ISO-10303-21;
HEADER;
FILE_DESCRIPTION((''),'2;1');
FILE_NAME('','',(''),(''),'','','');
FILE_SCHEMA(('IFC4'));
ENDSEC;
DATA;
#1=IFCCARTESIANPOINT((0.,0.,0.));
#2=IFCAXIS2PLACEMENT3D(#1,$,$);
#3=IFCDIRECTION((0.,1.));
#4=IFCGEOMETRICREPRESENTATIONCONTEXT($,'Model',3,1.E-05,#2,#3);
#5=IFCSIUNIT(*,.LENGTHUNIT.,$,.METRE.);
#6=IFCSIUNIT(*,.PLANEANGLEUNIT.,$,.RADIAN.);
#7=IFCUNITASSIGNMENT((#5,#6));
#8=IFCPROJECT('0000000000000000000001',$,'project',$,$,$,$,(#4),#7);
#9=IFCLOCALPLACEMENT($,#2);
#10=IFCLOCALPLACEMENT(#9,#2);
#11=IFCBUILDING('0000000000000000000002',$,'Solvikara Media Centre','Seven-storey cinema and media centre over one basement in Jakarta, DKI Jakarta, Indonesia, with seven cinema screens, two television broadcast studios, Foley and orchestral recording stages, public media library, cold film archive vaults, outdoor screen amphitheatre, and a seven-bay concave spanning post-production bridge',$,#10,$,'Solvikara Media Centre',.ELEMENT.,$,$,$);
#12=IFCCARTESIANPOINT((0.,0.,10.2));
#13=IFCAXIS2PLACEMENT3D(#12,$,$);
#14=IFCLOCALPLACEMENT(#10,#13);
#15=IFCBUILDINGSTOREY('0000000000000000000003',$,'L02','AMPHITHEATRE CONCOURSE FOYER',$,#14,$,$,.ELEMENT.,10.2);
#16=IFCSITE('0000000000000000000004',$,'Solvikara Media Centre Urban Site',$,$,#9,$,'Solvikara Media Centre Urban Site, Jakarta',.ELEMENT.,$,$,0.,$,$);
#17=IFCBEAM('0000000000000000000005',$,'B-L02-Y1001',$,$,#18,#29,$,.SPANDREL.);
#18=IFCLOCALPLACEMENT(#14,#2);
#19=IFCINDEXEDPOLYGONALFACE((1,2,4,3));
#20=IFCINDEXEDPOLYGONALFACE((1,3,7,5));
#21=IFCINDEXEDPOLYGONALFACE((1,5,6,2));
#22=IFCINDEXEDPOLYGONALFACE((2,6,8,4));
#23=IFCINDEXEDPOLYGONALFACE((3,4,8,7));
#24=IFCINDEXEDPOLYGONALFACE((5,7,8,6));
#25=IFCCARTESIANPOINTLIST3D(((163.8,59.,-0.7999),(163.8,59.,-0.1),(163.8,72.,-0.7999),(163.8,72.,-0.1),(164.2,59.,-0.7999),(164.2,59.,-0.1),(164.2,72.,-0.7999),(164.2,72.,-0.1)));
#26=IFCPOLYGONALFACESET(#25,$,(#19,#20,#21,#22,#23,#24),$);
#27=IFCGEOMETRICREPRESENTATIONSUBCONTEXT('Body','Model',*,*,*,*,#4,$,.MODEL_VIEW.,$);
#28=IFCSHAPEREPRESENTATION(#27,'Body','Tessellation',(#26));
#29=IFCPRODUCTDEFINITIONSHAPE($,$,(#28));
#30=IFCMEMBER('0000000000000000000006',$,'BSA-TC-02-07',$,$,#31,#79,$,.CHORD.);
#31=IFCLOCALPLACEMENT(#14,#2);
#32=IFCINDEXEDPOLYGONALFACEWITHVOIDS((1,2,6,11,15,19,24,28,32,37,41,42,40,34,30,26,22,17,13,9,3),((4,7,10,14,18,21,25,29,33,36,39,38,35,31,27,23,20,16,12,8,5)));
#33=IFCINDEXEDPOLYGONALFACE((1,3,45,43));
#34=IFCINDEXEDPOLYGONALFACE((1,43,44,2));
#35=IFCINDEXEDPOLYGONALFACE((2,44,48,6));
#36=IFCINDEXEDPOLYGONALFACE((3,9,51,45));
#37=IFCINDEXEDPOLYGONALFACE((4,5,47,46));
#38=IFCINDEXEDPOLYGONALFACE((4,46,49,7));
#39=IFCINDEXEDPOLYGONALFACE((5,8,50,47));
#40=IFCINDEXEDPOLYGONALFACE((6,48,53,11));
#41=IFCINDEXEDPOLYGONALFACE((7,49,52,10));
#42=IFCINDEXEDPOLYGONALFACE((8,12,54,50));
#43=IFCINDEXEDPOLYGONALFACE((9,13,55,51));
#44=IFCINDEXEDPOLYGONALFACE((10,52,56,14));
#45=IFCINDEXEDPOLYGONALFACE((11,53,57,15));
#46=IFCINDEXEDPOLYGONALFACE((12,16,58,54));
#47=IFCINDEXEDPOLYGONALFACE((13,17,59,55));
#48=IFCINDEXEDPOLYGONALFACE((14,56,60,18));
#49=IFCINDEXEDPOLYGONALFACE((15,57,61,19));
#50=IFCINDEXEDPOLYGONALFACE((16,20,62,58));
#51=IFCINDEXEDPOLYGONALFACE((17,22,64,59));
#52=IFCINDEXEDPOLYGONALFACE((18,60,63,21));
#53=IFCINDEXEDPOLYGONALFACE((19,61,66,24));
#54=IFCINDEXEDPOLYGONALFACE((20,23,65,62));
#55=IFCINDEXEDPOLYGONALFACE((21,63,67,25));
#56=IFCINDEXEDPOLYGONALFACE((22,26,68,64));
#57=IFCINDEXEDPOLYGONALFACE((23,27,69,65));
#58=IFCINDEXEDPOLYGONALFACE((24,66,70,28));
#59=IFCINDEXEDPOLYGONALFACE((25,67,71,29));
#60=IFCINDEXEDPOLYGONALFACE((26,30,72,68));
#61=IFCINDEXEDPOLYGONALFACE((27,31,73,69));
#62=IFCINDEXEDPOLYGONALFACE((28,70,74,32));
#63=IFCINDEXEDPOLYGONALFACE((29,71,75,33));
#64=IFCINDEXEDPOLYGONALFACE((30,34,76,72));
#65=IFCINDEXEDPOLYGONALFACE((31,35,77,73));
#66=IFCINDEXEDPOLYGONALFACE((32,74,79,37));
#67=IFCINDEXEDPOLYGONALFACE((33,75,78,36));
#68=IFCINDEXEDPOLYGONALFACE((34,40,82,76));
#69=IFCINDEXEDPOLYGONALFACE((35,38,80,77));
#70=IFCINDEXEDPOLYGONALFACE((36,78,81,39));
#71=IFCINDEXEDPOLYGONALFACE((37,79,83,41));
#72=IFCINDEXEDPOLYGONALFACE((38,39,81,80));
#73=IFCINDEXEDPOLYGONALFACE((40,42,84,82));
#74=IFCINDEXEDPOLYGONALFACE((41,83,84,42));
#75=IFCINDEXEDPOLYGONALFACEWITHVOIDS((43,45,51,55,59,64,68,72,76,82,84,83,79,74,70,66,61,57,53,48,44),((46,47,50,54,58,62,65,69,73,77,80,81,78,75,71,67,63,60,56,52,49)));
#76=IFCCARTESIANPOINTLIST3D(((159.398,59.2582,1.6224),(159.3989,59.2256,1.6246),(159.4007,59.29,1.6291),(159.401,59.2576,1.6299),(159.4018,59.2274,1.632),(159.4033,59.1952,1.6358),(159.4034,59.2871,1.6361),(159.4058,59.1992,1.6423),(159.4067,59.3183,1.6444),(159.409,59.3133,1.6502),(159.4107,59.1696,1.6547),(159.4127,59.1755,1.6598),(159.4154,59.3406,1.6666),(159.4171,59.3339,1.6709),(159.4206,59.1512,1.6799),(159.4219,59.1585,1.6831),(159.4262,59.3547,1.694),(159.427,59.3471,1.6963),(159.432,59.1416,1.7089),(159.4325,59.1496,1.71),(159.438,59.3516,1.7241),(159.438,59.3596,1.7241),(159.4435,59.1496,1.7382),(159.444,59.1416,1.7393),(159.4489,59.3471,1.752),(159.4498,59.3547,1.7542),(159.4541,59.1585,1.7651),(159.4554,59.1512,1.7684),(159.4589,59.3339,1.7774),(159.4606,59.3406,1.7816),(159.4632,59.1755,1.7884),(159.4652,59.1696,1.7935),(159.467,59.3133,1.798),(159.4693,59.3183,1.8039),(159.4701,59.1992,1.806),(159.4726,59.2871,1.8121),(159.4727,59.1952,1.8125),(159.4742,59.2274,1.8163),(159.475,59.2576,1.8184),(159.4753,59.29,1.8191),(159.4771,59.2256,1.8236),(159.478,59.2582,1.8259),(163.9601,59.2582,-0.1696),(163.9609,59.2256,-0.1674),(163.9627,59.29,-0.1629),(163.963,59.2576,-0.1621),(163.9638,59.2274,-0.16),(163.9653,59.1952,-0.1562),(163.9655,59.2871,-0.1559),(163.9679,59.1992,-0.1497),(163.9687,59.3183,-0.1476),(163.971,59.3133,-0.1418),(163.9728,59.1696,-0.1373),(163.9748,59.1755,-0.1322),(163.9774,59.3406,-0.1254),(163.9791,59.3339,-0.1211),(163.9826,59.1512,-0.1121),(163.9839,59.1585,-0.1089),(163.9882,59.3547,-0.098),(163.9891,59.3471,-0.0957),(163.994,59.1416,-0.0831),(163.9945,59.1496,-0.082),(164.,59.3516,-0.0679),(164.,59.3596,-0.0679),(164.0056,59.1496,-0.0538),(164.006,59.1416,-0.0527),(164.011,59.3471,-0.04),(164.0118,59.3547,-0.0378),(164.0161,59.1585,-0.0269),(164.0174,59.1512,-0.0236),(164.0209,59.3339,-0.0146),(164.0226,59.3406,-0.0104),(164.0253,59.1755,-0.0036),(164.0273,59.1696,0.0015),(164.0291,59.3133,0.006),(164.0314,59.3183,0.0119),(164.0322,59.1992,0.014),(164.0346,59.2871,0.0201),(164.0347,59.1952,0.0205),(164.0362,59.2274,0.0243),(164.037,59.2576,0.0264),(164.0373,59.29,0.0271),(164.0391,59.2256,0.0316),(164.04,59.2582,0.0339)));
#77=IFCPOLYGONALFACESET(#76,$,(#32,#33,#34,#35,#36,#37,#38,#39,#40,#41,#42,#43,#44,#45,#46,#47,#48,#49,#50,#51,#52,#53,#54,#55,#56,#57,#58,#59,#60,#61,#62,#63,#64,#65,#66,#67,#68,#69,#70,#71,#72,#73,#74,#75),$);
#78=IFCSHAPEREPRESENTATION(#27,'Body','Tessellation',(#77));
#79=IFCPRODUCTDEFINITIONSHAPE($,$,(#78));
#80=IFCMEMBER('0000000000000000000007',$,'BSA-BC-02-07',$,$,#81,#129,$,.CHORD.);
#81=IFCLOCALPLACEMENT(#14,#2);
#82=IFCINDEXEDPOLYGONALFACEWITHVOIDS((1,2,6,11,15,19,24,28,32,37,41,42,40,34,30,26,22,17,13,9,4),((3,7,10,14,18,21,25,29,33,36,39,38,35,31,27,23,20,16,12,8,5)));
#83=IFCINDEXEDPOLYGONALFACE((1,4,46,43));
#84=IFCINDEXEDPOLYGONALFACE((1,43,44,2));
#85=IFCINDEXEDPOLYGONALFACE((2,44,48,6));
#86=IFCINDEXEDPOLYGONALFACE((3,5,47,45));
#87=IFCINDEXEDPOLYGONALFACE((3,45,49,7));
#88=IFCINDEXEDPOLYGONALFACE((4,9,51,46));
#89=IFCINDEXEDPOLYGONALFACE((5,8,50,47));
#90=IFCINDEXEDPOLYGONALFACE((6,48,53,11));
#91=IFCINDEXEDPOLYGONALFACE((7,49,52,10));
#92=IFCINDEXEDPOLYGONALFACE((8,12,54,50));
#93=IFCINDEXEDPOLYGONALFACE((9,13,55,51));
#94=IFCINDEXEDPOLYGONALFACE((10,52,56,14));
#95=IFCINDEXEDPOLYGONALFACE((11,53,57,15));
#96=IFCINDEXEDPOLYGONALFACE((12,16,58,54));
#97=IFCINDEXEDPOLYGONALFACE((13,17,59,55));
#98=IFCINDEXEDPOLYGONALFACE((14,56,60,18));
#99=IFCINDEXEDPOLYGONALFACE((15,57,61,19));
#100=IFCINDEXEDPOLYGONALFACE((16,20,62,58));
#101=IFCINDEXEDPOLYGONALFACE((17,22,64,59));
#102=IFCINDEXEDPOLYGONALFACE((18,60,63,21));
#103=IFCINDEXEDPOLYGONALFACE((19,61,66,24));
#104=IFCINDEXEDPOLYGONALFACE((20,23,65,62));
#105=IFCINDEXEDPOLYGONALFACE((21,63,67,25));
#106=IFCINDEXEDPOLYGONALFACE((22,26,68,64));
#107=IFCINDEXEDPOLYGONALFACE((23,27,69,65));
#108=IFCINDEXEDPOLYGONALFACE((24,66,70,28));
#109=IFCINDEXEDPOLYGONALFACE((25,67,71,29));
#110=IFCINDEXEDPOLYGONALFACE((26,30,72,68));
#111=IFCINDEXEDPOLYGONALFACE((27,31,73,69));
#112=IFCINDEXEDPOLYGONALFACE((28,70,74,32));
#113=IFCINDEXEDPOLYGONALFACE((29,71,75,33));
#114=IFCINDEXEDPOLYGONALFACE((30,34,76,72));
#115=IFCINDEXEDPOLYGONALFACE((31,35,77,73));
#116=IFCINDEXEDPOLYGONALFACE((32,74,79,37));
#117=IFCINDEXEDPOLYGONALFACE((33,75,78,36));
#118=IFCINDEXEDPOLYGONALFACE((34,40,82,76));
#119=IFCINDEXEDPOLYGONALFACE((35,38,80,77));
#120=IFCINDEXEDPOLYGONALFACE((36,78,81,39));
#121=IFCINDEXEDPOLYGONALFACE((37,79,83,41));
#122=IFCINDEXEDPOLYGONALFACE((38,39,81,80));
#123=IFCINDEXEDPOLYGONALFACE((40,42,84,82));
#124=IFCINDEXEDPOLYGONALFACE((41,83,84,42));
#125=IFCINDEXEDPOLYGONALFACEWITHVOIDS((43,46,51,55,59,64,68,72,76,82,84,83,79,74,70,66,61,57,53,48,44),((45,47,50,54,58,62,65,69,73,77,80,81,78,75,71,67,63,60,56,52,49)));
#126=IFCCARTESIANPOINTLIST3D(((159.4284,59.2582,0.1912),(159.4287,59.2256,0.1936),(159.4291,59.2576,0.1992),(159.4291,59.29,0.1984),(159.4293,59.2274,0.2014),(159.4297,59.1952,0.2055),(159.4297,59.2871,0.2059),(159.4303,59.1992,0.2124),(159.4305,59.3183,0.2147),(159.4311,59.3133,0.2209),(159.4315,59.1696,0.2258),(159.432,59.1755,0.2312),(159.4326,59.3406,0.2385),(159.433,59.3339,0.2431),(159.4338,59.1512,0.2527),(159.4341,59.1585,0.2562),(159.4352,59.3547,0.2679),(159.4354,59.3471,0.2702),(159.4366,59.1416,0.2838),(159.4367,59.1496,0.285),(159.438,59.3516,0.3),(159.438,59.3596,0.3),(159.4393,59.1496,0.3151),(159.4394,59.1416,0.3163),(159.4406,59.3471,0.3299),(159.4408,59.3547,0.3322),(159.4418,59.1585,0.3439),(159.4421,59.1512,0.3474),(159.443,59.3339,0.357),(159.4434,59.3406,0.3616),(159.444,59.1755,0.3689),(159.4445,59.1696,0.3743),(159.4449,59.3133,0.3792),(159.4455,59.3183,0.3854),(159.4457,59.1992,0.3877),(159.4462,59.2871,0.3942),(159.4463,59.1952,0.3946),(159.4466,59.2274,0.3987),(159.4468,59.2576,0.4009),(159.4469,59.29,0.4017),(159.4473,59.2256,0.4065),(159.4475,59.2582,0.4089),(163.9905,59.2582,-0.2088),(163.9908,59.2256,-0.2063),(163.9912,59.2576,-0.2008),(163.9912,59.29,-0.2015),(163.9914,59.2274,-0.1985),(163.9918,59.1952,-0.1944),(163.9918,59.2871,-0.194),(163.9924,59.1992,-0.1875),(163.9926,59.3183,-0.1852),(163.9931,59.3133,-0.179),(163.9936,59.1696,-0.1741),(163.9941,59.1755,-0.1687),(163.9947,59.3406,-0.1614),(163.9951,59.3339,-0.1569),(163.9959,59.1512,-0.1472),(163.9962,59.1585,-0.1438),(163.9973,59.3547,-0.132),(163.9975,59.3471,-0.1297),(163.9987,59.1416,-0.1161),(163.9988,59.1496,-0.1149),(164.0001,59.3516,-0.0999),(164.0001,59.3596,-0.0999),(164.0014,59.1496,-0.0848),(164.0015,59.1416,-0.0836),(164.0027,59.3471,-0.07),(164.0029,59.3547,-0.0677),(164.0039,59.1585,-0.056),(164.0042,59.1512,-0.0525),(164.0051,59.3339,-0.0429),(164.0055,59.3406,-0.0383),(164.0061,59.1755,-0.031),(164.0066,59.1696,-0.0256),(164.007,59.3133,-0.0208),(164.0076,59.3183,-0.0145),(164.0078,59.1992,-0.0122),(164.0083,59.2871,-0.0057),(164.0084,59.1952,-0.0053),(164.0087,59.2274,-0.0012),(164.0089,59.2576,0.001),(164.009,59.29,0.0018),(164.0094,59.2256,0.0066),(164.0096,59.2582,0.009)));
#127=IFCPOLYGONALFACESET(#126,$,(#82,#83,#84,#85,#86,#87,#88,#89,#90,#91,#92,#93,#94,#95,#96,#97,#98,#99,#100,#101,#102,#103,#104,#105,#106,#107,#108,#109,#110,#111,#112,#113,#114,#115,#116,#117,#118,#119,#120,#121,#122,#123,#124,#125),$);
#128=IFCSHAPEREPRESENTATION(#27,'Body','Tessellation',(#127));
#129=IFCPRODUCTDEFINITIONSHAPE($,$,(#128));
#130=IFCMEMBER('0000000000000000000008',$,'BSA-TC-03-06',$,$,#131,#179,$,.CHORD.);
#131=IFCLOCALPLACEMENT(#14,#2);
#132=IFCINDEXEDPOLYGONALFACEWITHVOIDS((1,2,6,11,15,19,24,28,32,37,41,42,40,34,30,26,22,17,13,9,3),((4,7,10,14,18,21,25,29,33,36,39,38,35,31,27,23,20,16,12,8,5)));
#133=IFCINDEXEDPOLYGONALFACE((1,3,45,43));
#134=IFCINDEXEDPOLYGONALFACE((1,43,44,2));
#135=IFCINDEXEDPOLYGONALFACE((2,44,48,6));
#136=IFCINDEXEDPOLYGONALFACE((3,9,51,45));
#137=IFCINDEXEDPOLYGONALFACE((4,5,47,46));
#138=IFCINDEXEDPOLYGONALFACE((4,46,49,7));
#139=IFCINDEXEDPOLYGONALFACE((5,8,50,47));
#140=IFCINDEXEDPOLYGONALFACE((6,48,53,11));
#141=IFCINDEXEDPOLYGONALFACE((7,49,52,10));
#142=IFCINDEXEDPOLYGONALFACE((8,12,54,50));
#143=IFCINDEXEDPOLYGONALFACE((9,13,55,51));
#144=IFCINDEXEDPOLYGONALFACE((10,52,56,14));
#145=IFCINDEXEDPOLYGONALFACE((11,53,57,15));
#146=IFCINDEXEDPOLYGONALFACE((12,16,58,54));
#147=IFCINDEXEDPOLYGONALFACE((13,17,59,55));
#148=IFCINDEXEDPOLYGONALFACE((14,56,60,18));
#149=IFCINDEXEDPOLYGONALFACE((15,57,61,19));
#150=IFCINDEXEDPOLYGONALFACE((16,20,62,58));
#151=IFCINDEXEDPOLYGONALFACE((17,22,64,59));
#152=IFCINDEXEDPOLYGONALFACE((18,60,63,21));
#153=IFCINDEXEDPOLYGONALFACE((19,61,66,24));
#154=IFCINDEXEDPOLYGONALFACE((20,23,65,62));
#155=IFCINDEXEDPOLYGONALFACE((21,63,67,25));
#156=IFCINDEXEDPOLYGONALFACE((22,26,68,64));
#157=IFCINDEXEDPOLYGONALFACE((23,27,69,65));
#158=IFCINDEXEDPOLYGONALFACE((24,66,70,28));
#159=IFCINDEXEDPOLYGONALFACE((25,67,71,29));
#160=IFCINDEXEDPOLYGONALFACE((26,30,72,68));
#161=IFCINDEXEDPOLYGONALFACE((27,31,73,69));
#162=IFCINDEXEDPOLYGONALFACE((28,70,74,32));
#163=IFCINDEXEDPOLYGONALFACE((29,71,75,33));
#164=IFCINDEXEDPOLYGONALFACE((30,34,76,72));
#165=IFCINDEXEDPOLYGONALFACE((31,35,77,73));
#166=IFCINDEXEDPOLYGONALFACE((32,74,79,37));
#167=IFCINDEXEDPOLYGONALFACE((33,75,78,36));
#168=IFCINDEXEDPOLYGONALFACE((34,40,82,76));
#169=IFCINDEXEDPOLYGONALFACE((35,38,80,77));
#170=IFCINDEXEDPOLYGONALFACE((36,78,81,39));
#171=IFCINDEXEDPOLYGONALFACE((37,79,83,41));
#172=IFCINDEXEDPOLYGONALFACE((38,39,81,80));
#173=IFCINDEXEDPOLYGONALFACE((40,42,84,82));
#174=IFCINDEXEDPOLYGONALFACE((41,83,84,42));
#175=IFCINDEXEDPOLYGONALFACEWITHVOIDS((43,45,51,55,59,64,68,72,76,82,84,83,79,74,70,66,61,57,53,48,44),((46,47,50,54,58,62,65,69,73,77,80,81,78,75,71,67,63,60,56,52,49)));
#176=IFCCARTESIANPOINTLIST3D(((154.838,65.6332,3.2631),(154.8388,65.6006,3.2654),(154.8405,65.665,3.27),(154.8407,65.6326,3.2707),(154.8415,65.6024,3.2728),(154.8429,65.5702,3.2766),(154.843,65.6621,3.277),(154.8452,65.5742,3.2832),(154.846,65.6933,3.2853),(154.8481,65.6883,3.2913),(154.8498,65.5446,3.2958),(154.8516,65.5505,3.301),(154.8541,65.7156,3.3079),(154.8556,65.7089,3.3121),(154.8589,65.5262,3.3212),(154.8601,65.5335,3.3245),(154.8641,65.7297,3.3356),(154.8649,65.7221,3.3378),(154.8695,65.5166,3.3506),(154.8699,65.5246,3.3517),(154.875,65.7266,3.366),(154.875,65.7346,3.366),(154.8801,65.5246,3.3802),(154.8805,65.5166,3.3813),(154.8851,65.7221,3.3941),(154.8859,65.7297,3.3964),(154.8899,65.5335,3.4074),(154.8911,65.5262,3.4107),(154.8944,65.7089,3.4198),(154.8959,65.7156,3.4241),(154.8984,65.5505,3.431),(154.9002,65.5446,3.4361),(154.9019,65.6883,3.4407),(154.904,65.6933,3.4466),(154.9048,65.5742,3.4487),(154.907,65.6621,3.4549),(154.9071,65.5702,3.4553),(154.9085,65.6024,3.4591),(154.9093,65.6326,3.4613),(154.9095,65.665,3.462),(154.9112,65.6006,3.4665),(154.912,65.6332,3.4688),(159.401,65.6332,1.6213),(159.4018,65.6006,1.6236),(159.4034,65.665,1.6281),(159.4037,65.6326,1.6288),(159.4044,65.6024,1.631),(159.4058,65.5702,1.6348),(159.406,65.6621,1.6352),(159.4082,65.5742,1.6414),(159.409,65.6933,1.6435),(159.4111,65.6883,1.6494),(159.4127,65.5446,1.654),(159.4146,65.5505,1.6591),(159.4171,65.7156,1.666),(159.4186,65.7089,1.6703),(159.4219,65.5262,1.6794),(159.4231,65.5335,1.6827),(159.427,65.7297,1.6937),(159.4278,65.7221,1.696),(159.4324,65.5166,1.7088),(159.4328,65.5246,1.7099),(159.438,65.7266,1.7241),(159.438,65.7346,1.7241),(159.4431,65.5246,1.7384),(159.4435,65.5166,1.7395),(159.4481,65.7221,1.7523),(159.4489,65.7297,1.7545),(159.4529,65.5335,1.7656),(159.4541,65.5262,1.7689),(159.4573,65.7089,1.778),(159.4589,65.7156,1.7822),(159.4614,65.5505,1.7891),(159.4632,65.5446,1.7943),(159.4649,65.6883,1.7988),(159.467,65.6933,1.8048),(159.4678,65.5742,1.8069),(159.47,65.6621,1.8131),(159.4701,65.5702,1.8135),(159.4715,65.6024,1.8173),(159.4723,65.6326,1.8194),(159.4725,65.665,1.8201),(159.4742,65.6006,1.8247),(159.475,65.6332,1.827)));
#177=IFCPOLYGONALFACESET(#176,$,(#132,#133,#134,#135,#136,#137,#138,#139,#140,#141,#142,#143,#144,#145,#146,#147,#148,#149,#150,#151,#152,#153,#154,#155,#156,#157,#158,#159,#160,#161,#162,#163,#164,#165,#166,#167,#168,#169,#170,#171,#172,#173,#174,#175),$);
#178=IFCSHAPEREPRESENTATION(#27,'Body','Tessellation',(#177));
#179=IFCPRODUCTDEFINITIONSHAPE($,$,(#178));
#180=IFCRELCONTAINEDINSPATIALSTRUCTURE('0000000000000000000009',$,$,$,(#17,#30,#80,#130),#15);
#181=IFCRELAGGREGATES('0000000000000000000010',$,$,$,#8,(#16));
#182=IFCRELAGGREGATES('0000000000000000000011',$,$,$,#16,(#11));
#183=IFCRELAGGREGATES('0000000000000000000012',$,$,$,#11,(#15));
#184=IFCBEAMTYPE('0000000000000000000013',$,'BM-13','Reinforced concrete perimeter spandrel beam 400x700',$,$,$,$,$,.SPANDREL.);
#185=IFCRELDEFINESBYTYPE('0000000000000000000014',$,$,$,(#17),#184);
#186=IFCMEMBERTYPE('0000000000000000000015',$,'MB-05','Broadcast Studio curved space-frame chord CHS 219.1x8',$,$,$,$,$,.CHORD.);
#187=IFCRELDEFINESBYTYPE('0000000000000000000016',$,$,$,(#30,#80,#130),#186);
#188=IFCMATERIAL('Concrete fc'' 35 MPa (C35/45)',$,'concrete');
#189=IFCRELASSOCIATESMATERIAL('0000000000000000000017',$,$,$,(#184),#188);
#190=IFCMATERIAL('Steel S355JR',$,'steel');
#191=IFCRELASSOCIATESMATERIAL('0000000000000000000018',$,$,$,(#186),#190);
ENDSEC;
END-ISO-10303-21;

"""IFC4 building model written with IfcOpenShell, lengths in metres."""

from ifc_helpers import new_model, si_unit, direction, frame, origin, origin_2d, place, context, subcontext, project, spatial, rectangle, hollow_circle, extrude, material, material_profile, profile_set, type_object, element, save


model = new_model("IFC4")

# Units and contexts
model_context = context("Model", 3, precision=1e-05, world=origin(), true_north=direction((0.0, 1.0)))
body_context = subcontext(model_context, "Body", "Model", "MODEL_VIEW")
ifc_project = project(units=[si_unit("LENGTHUNIT", "METRE"), si_unit("PLANEANGLEUNIT", "RADIAN")], contexts=[model_context])

# Site, building, storey
site_placement = place(None, origin())
site = spatial("IfcSite", under=ifc_project, at=site_placement, Name="Solvikara Media Centre Urban Site", LongName="Solvikara Media Centre Urban Site, Jakarta", CompositionType="ELEMENT", RefElevation=0.0)
building_placement = place(site_placement, origin())
building = spatial("IfcBuilding", under=site, at=building_placement, Name="Solvikara Media Centre", Description="Seven-storey cinema and media centre over one basement in Jakarta, DKI Jakarta, Indonesia, with seven cinema screens, two television broadcast studios, Foley and orchestral recording stages, public media library, cold film archive vaults, outdoor screen amphitheatre, and a seven-bay concave spanning post-production bridge", LongName="Solvikara Media Centre", CompositionType="ELEMENT")
storey_placement = place(building_placement, frame((0.0, 0.0, 10.2)))
storey = spatial("IfcBuildingStorey", under=building, at=storey_placement, Name="L02", Description="AMPHITHEATRE CONCOURSE FOYER", CompositionType="ELEMENT", Elevation=10.2)

# Beam
ifc_material_1 = material(Name="Concrete fc' 35 MPa (C35/45)", Category="concrete")
ifc_material_profile_1 = material_profile(ifc_material_1, rectangle(XDim=0.3999, YDim=0.7, at=origin_2d()), Name="RC 400x700")
ifc_profile_set_1 = profile_set([ifc_material_profile_1], Name="Concrete fc' 35 MPa (C35/45)")
beam_type = type_object("IfcBeamType", Name="BM-13", Description="Reinforced concrete perimeter spandrel beam 400x700", PredefinedType="SPANDREL", material=ifc_profile_set_1)
beam_placement = place(storey_placement, frame((164.0, 59.0, -0.45), z_axis=(0.0, 1.0, 0.0), x_axis=(-1.0, 0.0, 0.0)))
element("IfcBeam", 1, at=beam_placement, inside=storey, type_object=beam_type, Name="B-L02-Y1001", PredefinedType="SPANDREL", context=body_context, shape_type="SweptSolid", body=[
    extrude(rectangle(XDim=0.3999, YDim=0.7, at=origin_2d()), origin(), (0.0, 0.0, 1.0), 13.0),
])

# Members
ifc_material_2 = material(Name="Steel S355JR", Category="steel")
ifc_material_profile_2 = material_profile(ifc_material_2, hollow_circle(Radius=0.1096, WallThickness=0.0081, at=origin_2d()), Name="CHS 219.1x8")
ifc_profile_set_2 = profile_set([ifc_material_profile_2], Name="Steel S355JR")
member_type_1 = type_object("IfcMemberType", Name="MB-05", Description="Broadcast Studio curved space-frame chord CHS 219.1x8", PredefinedType="CHORD", material=ifc_profile_set_2)
member_1_placement = place(storey_placement, frame((159.438, 59.25, 1.7241), z_axis=(0.930767, 0.0, -0.365612), x_axis=(0.0, 1.0, 0.0)))
element("IfcMember", 2, at=member_1_placement, inside=storey, type_object=member_type_1, Name="BSA-TC-02-07", PredefinedType="CHORD", context=body_context, shape_type="SweptSolid", body=[
    extrude(hollow_circle(Radius=0.1096, WallThickness=0.0081, at=origin_2d()), origin(), (0.0, 0.0, 1.0), 4.9014),
])
member_2_placement = place(storey_placement, frame((159.438, 59.25, 0.3), z_axis=(0.99618, 0.0, -0.087324), x_axis=(0.0, 1.0, 0.0)))
element("IfcMember", 3, at=member_2_placement, inside=storey, type_object=member_type_1, Name="BSA-BC-02-07", PredefinedType="CHORD", context=body_context, shape_type="SweptSolid", body=[
    extrude(hollow_circle(Radius=0.1096, WallThickness=0.0081, at=origin_2d()), origin(), (0.0, 0.0, 1.0), 4.5796),
])
member_3_placement = place(storey_placement, frame((154.875, 65.625, 3.366), z_axis=(0.940942, 0.0, -0.338568), x_axis=(0.0, 1.0, 0.0)))
element("IfcMember", 4, at=member_3_placement, inside=storey, type_object=member_type_1, Name="BSA-TC-03-06", PredefinedType="CHORD", context=body_context, shape_type="SweptSolid", body=[
    extrude(hollow_circle(Radius=0.1096, WallThickness=0.0081, at=origin_2d()), origin(), (0.0, 0.0, 1.0), 4.8494),
])

save(model, "model.ifc")
